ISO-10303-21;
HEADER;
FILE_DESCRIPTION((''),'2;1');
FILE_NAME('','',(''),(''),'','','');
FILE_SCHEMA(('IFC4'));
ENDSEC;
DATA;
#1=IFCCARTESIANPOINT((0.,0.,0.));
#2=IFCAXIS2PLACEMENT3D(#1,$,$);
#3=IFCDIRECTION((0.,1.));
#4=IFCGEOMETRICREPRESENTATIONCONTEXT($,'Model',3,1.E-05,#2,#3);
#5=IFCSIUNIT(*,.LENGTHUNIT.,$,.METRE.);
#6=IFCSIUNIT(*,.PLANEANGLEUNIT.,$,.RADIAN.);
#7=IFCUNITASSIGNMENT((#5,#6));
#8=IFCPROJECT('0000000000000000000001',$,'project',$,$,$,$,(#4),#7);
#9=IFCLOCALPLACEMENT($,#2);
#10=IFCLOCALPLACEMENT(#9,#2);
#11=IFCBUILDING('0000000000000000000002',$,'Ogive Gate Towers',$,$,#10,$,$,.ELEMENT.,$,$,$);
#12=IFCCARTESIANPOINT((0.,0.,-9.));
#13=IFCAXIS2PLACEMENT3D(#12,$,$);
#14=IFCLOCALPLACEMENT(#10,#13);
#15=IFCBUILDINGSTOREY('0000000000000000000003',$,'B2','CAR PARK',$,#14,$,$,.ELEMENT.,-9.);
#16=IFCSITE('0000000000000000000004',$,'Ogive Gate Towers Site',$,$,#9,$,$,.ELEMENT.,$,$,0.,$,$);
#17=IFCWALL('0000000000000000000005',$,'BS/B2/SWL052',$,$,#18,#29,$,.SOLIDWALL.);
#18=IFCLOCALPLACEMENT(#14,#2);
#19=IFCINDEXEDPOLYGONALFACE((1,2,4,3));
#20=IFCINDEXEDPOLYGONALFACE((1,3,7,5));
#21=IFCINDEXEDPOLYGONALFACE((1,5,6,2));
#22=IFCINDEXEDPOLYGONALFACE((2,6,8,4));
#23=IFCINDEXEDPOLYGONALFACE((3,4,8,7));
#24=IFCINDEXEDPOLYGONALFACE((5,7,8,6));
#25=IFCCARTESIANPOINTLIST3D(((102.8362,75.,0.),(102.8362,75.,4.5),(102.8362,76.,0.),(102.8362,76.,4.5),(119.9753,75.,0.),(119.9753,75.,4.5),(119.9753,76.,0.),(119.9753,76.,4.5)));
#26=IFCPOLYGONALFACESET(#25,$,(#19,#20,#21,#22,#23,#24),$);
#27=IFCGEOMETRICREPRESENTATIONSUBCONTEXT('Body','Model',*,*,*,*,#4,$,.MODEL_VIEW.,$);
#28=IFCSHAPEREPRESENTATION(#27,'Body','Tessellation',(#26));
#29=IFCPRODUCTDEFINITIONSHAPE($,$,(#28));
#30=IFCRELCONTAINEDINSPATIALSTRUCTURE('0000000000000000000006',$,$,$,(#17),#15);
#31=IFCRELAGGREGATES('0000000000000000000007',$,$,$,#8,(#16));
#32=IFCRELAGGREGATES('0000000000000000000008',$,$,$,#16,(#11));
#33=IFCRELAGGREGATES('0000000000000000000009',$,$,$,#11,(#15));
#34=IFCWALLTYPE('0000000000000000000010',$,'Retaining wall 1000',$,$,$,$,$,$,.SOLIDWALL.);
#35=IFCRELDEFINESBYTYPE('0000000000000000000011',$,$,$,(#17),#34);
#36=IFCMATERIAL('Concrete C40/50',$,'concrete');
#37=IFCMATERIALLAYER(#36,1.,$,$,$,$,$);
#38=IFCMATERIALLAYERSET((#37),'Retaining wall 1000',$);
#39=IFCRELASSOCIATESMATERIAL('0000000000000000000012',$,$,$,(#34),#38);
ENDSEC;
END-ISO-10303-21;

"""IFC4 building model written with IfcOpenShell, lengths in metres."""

from ifc_helpers import new_model, si_unit, direction, frame, frame_2d, origin, place, context, subcontext, project, spatial, rectangle, extrude, material, layer, layer_set, type_object, element, save


model = new_model("IFC4")

# Units and contexts
model_context = context("Model", 3, precision=1e-05, world=origin(), true_north=direction((0.0, 1.0)))
body_context = subcontext(model_context, "Body", "Model", "MODEL_VIEW")
ifc_project = project(units=[si_unit("LENGTHUNIT", "METRE"), si_unit("PLANEANGLEUNIT", "RADIAN")], contexts=[model_context])

# Site, building, storey
site_placement = place(None, origin())
site = spatial("IfcSite", under=ifc_project, at=site_placement, Name="Ogive Gate Towers Site", CompositionType="ELEMENT", RefElevation=0.0)
building_placement = place(site_placement, origin())
building = spatial("IfcBuilding", under=site, at=building_placement, Name="Ogive Gate Towers", CompositionType="ELEMENT")
storey_placement = place(building_placement, frame((0.0, 0.0, -9.0)))
storey = spatial("IfcBuildingStorey", under=building, at=storey_placement, Name="B2", Description="CAR PARK", CompositionType="ELEMENT", Elevation=-9.0)

# Shared definitions
ifc_material_1 = material(Name="Concrete C40/50", Category="concrete")

# Wall
ifc_layer_1 = layer(ifc_material_1, 1.0)
ifc_layer_set_1 = layer_set([ifc_layer_1], Name="Retaining wall 1000")
wall_type_1 = type_object("IfcWallType", Name="Retaining wall 1000", PredefinedType="SOLIDWALL", material=ifc_layer_set_1)
wall_1_placement = place(storey_placement, frame((102.8362, 75.5, 0.0), z_axis=(0.0, 0.0, 1.0), x_axis=(1.0, 0.0, 0.0)))
element("IfcWall", 1, at=wall_1_placement, inside=storey, type_object=wall_type_1, Name="BS/B2/SWL052", PredefinedType="SOLIDWALL", context=body_context, shape_type="SweptSolid", body=[
    extrude(rectangle(XDim=17.1392, YDim=1.0, at=frame_2d((8.5696, 0.0))), origin(), (0.0, 0.0, 1.0), 4.5),
])

save(model, "model.ifc")
